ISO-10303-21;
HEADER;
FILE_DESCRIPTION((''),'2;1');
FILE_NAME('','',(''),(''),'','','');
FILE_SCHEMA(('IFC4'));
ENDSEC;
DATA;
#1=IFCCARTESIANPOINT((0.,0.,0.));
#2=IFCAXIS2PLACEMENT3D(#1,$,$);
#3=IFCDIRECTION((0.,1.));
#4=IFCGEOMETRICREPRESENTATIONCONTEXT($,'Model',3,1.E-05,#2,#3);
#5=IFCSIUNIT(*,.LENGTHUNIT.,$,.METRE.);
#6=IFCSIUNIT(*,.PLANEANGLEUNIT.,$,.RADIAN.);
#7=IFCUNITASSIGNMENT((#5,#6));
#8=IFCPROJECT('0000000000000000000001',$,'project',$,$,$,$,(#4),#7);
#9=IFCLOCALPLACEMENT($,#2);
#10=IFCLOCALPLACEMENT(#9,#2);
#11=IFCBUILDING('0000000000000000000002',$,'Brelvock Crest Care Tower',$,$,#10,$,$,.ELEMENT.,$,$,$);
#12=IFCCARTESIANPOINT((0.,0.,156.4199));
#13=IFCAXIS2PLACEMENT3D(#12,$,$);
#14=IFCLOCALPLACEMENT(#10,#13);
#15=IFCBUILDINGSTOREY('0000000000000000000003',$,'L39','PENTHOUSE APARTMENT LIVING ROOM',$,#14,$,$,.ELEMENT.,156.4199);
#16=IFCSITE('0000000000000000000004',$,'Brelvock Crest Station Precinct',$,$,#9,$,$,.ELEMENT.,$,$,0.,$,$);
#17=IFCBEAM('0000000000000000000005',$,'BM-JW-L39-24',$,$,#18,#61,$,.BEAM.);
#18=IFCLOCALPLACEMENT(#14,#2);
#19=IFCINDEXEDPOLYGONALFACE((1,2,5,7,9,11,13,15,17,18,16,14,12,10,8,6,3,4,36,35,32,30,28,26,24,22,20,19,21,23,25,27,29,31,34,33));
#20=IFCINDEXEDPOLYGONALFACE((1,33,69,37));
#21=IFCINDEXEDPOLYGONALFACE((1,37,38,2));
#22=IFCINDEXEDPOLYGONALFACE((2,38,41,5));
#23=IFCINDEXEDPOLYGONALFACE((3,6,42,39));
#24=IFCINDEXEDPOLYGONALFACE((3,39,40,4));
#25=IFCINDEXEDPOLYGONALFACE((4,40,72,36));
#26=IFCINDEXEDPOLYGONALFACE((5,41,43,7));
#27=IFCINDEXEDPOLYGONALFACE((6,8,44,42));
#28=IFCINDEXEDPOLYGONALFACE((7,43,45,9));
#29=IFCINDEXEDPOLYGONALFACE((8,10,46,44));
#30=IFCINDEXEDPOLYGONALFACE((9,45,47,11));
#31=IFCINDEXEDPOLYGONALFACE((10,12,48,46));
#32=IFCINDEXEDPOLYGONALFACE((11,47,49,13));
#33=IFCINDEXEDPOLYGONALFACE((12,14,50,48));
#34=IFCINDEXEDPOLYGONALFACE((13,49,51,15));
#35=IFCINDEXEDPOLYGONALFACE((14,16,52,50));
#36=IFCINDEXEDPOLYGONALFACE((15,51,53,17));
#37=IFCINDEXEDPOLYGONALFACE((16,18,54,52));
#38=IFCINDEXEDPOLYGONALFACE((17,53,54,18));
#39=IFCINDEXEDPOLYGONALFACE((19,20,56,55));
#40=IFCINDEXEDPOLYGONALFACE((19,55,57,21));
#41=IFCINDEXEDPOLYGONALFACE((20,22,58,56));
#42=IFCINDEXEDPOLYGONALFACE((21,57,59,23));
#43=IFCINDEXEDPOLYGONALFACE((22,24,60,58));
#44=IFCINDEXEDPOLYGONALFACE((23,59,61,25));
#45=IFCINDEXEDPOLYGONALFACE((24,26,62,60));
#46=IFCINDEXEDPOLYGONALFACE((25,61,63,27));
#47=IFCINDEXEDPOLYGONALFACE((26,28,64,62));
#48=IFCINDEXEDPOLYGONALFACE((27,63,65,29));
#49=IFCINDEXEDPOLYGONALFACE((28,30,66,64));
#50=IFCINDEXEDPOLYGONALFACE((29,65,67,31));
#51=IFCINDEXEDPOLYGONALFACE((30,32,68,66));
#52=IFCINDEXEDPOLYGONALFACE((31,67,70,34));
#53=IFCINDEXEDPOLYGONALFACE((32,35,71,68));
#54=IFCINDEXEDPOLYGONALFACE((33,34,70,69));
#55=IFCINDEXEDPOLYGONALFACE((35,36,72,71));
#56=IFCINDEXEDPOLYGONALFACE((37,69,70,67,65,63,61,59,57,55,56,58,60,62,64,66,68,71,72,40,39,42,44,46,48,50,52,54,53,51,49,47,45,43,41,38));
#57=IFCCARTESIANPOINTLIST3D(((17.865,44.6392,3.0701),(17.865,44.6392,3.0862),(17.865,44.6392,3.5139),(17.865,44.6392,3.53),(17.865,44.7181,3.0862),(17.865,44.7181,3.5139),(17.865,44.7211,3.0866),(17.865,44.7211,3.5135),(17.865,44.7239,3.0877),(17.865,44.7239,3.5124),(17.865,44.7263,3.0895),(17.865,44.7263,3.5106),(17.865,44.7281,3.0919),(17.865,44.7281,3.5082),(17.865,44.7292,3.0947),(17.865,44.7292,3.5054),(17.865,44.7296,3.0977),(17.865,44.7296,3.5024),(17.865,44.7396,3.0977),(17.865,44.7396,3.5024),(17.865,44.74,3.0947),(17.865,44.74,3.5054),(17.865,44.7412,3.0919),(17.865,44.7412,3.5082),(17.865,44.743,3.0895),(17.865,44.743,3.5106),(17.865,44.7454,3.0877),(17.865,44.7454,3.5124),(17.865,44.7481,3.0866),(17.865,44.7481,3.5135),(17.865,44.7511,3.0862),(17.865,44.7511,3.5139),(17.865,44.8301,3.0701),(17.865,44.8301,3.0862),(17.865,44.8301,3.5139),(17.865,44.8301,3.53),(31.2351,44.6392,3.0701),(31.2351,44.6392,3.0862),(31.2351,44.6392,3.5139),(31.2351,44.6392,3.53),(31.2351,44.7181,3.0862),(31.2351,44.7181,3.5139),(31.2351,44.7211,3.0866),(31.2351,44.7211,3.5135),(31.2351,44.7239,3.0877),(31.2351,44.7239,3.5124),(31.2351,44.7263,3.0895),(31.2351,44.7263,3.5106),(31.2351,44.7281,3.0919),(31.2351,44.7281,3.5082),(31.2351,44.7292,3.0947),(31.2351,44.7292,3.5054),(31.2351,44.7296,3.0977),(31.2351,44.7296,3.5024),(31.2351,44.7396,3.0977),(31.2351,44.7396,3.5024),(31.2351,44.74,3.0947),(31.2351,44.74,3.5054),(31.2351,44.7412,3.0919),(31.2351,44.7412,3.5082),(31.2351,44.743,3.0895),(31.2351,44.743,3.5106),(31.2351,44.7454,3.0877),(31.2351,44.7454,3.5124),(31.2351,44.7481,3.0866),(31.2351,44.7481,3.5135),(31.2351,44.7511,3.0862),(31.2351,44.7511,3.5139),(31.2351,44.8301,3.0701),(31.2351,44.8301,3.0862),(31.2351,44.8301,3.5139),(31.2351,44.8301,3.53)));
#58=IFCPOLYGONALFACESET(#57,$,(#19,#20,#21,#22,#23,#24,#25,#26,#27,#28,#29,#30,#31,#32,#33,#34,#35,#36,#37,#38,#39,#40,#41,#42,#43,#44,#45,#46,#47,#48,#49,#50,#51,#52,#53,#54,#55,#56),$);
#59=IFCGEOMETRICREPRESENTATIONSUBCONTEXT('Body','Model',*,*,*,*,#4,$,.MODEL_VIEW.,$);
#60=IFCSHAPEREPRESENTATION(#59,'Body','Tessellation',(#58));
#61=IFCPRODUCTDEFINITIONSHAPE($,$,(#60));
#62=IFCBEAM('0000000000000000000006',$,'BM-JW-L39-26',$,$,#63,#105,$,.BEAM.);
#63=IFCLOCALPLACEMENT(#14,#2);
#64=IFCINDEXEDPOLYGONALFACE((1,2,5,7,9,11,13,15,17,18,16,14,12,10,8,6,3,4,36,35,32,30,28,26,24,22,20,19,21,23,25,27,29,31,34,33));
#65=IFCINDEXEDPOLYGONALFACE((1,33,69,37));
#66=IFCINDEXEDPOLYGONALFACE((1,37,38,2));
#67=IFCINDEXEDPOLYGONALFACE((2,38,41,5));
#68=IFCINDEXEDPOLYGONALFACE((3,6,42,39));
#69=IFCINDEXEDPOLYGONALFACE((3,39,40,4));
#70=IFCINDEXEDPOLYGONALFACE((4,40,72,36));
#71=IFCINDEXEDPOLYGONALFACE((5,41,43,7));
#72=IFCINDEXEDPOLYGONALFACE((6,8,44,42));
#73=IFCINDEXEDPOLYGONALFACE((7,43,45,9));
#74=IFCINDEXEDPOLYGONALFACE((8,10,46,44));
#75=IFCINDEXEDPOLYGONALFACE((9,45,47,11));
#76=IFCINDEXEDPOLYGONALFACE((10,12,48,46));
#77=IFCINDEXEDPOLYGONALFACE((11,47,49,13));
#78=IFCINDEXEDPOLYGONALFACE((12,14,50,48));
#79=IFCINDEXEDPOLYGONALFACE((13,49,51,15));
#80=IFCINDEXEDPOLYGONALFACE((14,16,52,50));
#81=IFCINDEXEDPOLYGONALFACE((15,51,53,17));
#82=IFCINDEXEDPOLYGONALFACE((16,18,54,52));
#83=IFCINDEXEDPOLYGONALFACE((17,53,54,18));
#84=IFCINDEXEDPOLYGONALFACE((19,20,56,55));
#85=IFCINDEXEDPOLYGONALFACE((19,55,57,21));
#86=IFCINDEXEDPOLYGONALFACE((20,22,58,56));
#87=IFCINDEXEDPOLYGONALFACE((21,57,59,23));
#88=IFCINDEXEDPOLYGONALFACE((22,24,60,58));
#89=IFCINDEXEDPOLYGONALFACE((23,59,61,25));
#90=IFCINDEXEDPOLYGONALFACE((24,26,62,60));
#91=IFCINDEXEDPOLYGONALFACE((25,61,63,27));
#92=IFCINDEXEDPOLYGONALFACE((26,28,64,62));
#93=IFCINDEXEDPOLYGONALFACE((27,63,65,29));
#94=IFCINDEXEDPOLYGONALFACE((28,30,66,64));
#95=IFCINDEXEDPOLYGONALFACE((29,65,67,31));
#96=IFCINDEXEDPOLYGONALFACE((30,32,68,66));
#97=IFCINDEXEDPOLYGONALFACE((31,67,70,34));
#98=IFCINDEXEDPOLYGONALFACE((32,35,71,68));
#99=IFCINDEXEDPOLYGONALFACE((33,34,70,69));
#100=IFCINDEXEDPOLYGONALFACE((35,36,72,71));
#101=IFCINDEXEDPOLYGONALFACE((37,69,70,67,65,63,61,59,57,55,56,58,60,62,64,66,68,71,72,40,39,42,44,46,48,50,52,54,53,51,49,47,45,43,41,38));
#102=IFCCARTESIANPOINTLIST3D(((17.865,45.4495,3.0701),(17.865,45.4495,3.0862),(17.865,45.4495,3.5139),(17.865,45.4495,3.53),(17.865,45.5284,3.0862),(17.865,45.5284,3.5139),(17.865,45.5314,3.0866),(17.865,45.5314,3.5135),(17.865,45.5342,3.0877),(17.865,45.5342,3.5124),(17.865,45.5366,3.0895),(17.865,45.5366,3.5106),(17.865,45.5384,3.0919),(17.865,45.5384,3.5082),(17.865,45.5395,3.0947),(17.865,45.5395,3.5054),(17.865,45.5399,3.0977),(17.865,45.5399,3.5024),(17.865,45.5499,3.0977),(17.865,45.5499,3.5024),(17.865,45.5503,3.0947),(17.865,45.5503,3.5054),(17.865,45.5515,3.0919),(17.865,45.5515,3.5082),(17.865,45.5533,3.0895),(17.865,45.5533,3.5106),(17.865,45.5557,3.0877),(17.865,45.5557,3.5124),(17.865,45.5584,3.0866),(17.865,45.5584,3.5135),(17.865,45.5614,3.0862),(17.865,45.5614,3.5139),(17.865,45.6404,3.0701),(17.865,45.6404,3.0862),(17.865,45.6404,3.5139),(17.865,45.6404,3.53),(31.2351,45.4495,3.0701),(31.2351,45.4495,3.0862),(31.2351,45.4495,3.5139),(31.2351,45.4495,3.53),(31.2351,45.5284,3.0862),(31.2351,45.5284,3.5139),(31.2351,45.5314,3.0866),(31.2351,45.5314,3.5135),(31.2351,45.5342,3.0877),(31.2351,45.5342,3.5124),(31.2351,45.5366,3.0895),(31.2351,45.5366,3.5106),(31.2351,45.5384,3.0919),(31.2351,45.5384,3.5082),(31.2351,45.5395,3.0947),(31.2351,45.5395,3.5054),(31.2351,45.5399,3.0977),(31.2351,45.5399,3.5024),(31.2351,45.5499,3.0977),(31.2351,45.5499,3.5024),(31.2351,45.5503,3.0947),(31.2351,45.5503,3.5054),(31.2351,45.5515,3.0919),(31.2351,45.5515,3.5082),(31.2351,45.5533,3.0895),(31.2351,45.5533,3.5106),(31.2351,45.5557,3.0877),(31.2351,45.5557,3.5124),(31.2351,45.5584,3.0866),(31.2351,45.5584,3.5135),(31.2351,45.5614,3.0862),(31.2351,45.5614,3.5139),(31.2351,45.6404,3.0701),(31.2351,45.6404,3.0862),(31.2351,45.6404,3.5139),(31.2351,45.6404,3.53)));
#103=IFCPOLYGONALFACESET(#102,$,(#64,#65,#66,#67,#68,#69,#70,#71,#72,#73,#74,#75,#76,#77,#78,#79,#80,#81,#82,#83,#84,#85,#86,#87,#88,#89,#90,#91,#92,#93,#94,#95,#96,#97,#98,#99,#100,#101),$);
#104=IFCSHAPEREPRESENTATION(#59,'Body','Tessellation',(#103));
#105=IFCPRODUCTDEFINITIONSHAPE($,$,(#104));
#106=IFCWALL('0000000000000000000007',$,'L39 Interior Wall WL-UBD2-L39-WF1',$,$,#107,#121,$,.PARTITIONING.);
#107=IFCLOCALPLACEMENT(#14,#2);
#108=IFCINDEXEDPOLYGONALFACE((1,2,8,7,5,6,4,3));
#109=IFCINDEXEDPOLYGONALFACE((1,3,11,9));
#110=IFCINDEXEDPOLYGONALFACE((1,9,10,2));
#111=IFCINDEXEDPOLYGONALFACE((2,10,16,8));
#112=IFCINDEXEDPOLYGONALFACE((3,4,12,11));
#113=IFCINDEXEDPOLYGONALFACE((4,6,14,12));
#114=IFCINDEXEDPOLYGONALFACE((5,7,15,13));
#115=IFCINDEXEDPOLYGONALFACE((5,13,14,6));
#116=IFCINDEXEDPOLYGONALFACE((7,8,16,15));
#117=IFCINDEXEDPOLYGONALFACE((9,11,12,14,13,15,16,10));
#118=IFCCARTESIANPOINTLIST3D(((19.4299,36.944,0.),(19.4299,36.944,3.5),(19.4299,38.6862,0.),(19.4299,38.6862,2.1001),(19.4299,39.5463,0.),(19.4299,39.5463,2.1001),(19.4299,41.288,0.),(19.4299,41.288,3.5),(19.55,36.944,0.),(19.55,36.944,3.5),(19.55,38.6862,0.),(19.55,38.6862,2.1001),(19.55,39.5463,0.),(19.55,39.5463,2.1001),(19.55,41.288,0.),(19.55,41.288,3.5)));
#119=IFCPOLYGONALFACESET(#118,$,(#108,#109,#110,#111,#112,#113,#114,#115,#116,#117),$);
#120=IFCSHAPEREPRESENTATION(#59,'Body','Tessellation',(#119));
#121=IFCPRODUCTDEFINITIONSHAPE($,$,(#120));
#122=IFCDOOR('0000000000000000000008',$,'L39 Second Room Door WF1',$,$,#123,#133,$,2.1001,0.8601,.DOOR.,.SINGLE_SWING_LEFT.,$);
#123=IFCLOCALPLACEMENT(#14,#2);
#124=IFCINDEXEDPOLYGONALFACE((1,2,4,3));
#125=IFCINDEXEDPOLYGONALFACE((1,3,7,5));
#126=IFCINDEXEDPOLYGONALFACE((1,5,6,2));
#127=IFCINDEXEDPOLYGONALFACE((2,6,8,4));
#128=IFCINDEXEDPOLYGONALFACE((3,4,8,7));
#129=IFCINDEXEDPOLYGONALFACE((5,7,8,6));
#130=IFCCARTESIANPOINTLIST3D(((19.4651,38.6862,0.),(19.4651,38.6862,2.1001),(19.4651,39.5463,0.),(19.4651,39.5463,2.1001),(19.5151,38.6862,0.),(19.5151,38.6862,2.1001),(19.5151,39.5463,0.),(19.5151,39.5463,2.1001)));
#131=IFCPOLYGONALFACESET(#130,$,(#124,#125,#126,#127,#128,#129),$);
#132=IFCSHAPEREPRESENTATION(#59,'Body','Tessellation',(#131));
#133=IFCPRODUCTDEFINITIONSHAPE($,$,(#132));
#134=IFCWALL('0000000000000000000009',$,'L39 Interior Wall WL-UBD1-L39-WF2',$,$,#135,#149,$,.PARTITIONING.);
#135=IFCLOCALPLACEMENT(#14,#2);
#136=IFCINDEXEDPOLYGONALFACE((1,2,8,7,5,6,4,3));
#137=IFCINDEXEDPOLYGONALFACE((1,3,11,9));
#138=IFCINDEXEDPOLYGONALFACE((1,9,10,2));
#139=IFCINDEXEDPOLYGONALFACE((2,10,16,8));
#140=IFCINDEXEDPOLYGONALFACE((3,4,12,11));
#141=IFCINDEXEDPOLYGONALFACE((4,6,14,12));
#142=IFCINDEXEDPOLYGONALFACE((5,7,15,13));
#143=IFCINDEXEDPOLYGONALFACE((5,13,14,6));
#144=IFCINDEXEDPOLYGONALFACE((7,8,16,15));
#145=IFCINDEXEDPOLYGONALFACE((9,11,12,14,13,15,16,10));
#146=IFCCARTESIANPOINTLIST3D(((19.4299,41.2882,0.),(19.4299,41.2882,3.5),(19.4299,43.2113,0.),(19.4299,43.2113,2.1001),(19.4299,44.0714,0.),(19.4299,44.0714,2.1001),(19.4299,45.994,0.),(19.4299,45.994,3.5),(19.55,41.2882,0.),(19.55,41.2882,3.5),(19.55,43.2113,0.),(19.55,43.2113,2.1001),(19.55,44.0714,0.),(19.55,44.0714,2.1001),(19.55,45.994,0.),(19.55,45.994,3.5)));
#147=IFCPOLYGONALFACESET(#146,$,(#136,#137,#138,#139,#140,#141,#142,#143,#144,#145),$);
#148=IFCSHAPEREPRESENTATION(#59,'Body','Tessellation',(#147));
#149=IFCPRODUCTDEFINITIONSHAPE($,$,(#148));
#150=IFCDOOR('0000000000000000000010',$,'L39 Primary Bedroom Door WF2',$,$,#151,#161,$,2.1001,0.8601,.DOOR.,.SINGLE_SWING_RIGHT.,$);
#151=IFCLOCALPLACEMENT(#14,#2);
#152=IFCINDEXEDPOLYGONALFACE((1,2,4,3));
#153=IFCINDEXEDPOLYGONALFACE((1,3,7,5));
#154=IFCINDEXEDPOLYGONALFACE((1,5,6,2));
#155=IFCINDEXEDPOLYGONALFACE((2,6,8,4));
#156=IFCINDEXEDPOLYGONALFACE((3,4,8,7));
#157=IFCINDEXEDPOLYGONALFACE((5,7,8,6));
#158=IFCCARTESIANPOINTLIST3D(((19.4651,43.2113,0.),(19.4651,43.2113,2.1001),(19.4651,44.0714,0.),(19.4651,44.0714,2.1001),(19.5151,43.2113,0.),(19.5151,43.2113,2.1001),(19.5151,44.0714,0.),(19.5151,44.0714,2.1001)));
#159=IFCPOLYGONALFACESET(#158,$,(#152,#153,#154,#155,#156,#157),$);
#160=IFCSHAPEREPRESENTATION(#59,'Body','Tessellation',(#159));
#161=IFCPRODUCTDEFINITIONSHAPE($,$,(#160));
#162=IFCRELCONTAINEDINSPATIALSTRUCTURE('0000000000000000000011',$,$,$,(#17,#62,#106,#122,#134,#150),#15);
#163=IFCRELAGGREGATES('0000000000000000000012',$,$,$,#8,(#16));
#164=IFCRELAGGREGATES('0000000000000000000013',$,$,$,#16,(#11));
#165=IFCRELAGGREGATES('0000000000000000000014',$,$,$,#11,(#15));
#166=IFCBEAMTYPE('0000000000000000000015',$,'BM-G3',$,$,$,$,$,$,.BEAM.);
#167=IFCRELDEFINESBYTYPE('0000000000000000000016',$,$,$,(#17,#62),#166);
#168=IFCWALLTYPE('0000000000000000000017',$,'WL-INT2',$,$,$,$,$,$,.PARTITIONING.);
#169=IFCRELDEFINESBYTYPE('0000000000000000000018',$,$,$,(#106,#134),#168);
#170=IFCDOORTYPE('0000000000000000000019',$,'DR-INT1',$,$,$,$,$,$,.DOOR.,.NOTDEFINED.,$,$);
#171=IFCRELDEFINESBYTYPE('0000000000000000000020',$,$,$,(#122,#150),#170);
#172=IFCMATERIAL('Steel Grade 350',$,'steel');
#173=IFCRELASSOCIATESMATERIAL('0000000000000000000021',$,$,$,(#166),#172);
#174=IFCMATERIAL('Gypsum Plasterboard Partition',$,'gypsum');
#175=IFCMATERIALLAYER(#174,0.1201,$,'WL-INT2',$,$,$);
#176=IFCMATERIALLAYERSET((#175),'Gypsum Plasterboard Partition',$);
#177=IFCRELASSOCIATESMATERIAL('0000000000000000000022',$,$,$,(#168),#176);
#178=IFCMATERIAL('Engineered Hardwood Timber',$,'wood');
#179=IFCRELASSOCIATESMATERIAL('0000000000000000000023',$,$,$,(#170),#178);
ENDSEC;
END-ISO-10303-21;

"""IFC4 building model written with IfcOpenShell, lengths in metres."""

from ifc_helpers import new_model, si_unit, direction, frame, frame_2d, origin, origin_2d, place, context, subcontext, project, spatial, rectangle, i_section, extrude, source, transform, mapped, material, layer, layer_set, material_profile, profile_set, type_object, element, fill, save


model = new_model("IFC4")

# Units and contexts
model_context = context("Model", 3, precision=1e-05, world=origin(), true_north=direction((0.0, 1.0)))
body_context = subcontext(model_context, "Body", "Model", "MODEL_VIEW")
ifc_project = project(units=[si_unit("LENGTHUNIT", "METRE"), si_unit("PLANEANGLEUNIT", "RADIAN")], contexts=[model_context])

# Site, building, storey
site_placement = place(None, origin())
site = spatial("IfcSite", under=ifc_project, at=site_placement, Name="Brelvock Crest Station Precinct", CompositionType="ELEMENT", RefElevation=0.0)
building_placement = place(site_placement, origin())
building = spatial("IfcBuilding", under=site, at=building_placement, Name="Brelvock Crest Care Tower", CompositionType="ELEMENT")
storey_placement = place(building_placement, frame((0.0, 0.0, 156.4199)))
storey = spatial("IfcBuildingStorey", under=building, at=storey_placement, Name="L39", Description="PENTHOUSE APARTMENT LIVING ROOM", CompositionType="ELEMENT", Elevation=156.4199)

# Beams
ifc_material_1 = material(Name="Steel Grade 350", Category="steel")
ifc_material_profile_1 = material_profile(ifc_material_1, i_section(OverallWidth=0.1909, OverallDepth=0.46, WebThickness=0.01, FlangeThickness=0.0161, FilletRadius=0.0115, at=origin_2d()), Name="460UB82.1")
ifc_profile_set_1 = profile_set([ifc_material_profile_1], Name="Steel Grade 350")
beam_type_1 = type_object("IfcBeamType", Name="BM-G3", PredefinedType="BEAM", material=ifc_profile_set_1)
shared_shape_1 = source(origin(), body_context, "Body", "SweptSolid", [
    extrude(i_section(OverallWidth=0.1909, OverallDepth=0.46, WebThickness=0.01, FlangeThickness=0.0161, FilletRadius=0.0115, at=origin_2d()), origin(), (0.0, 0.0, 1.0), 13.3701),
])
for number, where, z_axis, x_axis, name in (
    (1, (17.865, 44.7346, 3.3), (1.0, 0.0, 0.0), (0.0, 1.0, 0.0), "BM-JW-L39-24"),
    (2, (17.865, 45.5449, 3.3), (1.0, 0.0, 0.0), (0.0, 1.0, 0.0), "BM-JW-L39-26"),
):
    element("IfcBeam", number, at=place(storey_placement, frame(where, z_axis=z_axis, x_axis=x_axis)), inside=storey, type_object=beam_type_1, Name=name, PredefinedType="BEAM", context=body_context, shape_type="MappedRepresentation", body=[
        mapped(shared_shape_1, transform((0.0, 0.0, 0.0), x_axis=(1.0, 0.0, 0.0), y_axis=(0.0, 1.0, 0.0), z_axis=(0.0, 0.0, 1.0), scale=1.0)),
    ])

# Walls, openings, doors
ifc_material_2 = material(Name="Gypsum Plasterboard Partition", Category="gypsum")
ifc_layer = layer(ifc_material_2, 0.1201, Name="WL-INT2")
ifc_layer_set = layer_set([ifc_layer], Name="Gypsum Plasterboard Partition")
wall_type = type_object("IfcWallType", Name="WL-INT2", PredefinedType="PARTITIONING", material=ifc_layer_set)
wall_1_placement = place(storey_placement, frame((19.49, 36.9441, 0.0), z_axis=(0.0, 0.0, 1.0), x_axis=(0.0, 1.0, 0.0)))
wall_1 = element("IfcWall", 3, at=wall_1_placement, inside=storey, type_object=wall_type, Name="L39 Interior Wall WL-UBD2-L39-WF1", PredefinedType="PARTITIONING", context=body_context, shape_type="SweptSolid", body=[
    extrude(rectangle(XDim=4.344, YDim=0.1201, at=frame_2d((2.1719, 0.0))), origin(), (0.0, 0.0, 1.0), 3.5),
])
opening_1_placement = place(wall_1_placement, frame((1.7419, 0.0, 0.0)))
opening_1 = element("IfcOpeningElement", 4, at=opening_1_placement, cuts=wall_1, PredefinedType="OPENING", context=body_context, shape_type="SweptSolid", body=[
    extrude(rectangle(XDim=0.8601, YDim=2.1001, at=origin_2d()), frame((0.4302, 0.0701, 1.05), z_axis=(0.0, -1.0, 0.0), x_axis=(1.0, 0.0, 0.0)), (0.0, 0.0, 1.0), 0.1401),
])
ifc_material_3 = material(Name="Engineered Hardwood Timber", Category="wood")
door_type = type_object("IfcDoorType", Name="DR-INT1", OperationType="NOTDEFINED", PredefinedType="DOOR", material=ifc_material_3)
shared_shape_2 = source(origin(), body_context, "Body", "SweptSolid", [
    extrude(rectangle(XDim=0.8601, YDim=2.1001, at=origin_2d()), frame((0.4302, 0.0249, 1.05), z_axis=(0.0, -1.0, 0.0), x_axis=(1.0, 0.0, 0.0)), (0.0, 0.0, 1.0), 0.05),
])
door_1_placement = place(opening_1_placement, origin())
door_1 = element("IfcDoor", 5, at=door_1_placement, inside=storey, type_object=door_type, Name="L39 Second Room Door WF1", OperationType="SINGLE_SWING_LEFT", OverallHeight=2.1001, OverallWidth=0.8601, PredefinedType="DOOR", context=body_context, shape_type="MappedRepresentation", body=[
    mapped(shared_shape_2, transform((0.0, 0.0, 0.0), x_axis=(1.0, 0.0, 0.0), y_axis=(0.0, 1.0, 0.0), z_axis=(0.0, 0.0, 1.0), scale=1.0)),
])
fill(opening_1, door_1)
wall_2_placement = place(storey_placement, frame((19.49, 41.2881, 0.0), z_axis=(0.0, 0.0, 1.0), x_axis=(0.0, 1.0, 0.0)))
wall_2 = element("IfcWall", 6, at=wall_2_placement, inside=storey, type_object=wall_type, Name="L39 Interior Wall WL-UBD1-L39-WF2", PredefinedType="PARTITIONING", context=body_context, shape_type="SweptSolid", body=[
    extrude(rectangle(XDim=4.7058, YDim=0.1201, at=frame_2d((2.353, 0.0))), origin(), (0.0, 0.0, 1.0), 3.5),
])
opening_2_placement = place(wall_2_placement, frame((1.9231, 0.0, 0.0)))
opening_2 = element("IfcOpeningElement", 7, at=opening_2_placement, cuts=wall_2, PredefinedType="OPENING", context=body_context, shape_type="SweptSolid", body=[
    extrude(rectangle(XDim=0.8601, YDim=2.1001, at=origin_2d()), frame((0.4302, 0.0701, 1.05), z_axis=(0.0, -1.0, 0.0), x_axis=(1.0, 0.0, 0.0)), (0.0, 0.0, 1.0), 0.1401),
])
door_2_placement = place(opening_2_placement, origin())
door_2 = element("IfcDoor", 8, at=door_2_placement, inside=storey, type_object=door_type, Name="L39 Primary Bedroom Door WF2", OperationType="SINGLE_SWING_RIGHT", OverallHeight=2.1001, OverallWidth=0.8601, PredefinedType="DOOR", context=body_context, shape_type="MappedRepresentation", body=[
    mapped(shared_shape_2, transform((0.0, 0.0, 0.0), x_axis=(1.0, 0.0, 0.0), y_axis=(0.0, 1.0, 0.0), z_axis=(0.0, 0.0, 1.0), scale=1.0)),
])
fill(opening_2, door_2)

save(model, "model.ifc")
